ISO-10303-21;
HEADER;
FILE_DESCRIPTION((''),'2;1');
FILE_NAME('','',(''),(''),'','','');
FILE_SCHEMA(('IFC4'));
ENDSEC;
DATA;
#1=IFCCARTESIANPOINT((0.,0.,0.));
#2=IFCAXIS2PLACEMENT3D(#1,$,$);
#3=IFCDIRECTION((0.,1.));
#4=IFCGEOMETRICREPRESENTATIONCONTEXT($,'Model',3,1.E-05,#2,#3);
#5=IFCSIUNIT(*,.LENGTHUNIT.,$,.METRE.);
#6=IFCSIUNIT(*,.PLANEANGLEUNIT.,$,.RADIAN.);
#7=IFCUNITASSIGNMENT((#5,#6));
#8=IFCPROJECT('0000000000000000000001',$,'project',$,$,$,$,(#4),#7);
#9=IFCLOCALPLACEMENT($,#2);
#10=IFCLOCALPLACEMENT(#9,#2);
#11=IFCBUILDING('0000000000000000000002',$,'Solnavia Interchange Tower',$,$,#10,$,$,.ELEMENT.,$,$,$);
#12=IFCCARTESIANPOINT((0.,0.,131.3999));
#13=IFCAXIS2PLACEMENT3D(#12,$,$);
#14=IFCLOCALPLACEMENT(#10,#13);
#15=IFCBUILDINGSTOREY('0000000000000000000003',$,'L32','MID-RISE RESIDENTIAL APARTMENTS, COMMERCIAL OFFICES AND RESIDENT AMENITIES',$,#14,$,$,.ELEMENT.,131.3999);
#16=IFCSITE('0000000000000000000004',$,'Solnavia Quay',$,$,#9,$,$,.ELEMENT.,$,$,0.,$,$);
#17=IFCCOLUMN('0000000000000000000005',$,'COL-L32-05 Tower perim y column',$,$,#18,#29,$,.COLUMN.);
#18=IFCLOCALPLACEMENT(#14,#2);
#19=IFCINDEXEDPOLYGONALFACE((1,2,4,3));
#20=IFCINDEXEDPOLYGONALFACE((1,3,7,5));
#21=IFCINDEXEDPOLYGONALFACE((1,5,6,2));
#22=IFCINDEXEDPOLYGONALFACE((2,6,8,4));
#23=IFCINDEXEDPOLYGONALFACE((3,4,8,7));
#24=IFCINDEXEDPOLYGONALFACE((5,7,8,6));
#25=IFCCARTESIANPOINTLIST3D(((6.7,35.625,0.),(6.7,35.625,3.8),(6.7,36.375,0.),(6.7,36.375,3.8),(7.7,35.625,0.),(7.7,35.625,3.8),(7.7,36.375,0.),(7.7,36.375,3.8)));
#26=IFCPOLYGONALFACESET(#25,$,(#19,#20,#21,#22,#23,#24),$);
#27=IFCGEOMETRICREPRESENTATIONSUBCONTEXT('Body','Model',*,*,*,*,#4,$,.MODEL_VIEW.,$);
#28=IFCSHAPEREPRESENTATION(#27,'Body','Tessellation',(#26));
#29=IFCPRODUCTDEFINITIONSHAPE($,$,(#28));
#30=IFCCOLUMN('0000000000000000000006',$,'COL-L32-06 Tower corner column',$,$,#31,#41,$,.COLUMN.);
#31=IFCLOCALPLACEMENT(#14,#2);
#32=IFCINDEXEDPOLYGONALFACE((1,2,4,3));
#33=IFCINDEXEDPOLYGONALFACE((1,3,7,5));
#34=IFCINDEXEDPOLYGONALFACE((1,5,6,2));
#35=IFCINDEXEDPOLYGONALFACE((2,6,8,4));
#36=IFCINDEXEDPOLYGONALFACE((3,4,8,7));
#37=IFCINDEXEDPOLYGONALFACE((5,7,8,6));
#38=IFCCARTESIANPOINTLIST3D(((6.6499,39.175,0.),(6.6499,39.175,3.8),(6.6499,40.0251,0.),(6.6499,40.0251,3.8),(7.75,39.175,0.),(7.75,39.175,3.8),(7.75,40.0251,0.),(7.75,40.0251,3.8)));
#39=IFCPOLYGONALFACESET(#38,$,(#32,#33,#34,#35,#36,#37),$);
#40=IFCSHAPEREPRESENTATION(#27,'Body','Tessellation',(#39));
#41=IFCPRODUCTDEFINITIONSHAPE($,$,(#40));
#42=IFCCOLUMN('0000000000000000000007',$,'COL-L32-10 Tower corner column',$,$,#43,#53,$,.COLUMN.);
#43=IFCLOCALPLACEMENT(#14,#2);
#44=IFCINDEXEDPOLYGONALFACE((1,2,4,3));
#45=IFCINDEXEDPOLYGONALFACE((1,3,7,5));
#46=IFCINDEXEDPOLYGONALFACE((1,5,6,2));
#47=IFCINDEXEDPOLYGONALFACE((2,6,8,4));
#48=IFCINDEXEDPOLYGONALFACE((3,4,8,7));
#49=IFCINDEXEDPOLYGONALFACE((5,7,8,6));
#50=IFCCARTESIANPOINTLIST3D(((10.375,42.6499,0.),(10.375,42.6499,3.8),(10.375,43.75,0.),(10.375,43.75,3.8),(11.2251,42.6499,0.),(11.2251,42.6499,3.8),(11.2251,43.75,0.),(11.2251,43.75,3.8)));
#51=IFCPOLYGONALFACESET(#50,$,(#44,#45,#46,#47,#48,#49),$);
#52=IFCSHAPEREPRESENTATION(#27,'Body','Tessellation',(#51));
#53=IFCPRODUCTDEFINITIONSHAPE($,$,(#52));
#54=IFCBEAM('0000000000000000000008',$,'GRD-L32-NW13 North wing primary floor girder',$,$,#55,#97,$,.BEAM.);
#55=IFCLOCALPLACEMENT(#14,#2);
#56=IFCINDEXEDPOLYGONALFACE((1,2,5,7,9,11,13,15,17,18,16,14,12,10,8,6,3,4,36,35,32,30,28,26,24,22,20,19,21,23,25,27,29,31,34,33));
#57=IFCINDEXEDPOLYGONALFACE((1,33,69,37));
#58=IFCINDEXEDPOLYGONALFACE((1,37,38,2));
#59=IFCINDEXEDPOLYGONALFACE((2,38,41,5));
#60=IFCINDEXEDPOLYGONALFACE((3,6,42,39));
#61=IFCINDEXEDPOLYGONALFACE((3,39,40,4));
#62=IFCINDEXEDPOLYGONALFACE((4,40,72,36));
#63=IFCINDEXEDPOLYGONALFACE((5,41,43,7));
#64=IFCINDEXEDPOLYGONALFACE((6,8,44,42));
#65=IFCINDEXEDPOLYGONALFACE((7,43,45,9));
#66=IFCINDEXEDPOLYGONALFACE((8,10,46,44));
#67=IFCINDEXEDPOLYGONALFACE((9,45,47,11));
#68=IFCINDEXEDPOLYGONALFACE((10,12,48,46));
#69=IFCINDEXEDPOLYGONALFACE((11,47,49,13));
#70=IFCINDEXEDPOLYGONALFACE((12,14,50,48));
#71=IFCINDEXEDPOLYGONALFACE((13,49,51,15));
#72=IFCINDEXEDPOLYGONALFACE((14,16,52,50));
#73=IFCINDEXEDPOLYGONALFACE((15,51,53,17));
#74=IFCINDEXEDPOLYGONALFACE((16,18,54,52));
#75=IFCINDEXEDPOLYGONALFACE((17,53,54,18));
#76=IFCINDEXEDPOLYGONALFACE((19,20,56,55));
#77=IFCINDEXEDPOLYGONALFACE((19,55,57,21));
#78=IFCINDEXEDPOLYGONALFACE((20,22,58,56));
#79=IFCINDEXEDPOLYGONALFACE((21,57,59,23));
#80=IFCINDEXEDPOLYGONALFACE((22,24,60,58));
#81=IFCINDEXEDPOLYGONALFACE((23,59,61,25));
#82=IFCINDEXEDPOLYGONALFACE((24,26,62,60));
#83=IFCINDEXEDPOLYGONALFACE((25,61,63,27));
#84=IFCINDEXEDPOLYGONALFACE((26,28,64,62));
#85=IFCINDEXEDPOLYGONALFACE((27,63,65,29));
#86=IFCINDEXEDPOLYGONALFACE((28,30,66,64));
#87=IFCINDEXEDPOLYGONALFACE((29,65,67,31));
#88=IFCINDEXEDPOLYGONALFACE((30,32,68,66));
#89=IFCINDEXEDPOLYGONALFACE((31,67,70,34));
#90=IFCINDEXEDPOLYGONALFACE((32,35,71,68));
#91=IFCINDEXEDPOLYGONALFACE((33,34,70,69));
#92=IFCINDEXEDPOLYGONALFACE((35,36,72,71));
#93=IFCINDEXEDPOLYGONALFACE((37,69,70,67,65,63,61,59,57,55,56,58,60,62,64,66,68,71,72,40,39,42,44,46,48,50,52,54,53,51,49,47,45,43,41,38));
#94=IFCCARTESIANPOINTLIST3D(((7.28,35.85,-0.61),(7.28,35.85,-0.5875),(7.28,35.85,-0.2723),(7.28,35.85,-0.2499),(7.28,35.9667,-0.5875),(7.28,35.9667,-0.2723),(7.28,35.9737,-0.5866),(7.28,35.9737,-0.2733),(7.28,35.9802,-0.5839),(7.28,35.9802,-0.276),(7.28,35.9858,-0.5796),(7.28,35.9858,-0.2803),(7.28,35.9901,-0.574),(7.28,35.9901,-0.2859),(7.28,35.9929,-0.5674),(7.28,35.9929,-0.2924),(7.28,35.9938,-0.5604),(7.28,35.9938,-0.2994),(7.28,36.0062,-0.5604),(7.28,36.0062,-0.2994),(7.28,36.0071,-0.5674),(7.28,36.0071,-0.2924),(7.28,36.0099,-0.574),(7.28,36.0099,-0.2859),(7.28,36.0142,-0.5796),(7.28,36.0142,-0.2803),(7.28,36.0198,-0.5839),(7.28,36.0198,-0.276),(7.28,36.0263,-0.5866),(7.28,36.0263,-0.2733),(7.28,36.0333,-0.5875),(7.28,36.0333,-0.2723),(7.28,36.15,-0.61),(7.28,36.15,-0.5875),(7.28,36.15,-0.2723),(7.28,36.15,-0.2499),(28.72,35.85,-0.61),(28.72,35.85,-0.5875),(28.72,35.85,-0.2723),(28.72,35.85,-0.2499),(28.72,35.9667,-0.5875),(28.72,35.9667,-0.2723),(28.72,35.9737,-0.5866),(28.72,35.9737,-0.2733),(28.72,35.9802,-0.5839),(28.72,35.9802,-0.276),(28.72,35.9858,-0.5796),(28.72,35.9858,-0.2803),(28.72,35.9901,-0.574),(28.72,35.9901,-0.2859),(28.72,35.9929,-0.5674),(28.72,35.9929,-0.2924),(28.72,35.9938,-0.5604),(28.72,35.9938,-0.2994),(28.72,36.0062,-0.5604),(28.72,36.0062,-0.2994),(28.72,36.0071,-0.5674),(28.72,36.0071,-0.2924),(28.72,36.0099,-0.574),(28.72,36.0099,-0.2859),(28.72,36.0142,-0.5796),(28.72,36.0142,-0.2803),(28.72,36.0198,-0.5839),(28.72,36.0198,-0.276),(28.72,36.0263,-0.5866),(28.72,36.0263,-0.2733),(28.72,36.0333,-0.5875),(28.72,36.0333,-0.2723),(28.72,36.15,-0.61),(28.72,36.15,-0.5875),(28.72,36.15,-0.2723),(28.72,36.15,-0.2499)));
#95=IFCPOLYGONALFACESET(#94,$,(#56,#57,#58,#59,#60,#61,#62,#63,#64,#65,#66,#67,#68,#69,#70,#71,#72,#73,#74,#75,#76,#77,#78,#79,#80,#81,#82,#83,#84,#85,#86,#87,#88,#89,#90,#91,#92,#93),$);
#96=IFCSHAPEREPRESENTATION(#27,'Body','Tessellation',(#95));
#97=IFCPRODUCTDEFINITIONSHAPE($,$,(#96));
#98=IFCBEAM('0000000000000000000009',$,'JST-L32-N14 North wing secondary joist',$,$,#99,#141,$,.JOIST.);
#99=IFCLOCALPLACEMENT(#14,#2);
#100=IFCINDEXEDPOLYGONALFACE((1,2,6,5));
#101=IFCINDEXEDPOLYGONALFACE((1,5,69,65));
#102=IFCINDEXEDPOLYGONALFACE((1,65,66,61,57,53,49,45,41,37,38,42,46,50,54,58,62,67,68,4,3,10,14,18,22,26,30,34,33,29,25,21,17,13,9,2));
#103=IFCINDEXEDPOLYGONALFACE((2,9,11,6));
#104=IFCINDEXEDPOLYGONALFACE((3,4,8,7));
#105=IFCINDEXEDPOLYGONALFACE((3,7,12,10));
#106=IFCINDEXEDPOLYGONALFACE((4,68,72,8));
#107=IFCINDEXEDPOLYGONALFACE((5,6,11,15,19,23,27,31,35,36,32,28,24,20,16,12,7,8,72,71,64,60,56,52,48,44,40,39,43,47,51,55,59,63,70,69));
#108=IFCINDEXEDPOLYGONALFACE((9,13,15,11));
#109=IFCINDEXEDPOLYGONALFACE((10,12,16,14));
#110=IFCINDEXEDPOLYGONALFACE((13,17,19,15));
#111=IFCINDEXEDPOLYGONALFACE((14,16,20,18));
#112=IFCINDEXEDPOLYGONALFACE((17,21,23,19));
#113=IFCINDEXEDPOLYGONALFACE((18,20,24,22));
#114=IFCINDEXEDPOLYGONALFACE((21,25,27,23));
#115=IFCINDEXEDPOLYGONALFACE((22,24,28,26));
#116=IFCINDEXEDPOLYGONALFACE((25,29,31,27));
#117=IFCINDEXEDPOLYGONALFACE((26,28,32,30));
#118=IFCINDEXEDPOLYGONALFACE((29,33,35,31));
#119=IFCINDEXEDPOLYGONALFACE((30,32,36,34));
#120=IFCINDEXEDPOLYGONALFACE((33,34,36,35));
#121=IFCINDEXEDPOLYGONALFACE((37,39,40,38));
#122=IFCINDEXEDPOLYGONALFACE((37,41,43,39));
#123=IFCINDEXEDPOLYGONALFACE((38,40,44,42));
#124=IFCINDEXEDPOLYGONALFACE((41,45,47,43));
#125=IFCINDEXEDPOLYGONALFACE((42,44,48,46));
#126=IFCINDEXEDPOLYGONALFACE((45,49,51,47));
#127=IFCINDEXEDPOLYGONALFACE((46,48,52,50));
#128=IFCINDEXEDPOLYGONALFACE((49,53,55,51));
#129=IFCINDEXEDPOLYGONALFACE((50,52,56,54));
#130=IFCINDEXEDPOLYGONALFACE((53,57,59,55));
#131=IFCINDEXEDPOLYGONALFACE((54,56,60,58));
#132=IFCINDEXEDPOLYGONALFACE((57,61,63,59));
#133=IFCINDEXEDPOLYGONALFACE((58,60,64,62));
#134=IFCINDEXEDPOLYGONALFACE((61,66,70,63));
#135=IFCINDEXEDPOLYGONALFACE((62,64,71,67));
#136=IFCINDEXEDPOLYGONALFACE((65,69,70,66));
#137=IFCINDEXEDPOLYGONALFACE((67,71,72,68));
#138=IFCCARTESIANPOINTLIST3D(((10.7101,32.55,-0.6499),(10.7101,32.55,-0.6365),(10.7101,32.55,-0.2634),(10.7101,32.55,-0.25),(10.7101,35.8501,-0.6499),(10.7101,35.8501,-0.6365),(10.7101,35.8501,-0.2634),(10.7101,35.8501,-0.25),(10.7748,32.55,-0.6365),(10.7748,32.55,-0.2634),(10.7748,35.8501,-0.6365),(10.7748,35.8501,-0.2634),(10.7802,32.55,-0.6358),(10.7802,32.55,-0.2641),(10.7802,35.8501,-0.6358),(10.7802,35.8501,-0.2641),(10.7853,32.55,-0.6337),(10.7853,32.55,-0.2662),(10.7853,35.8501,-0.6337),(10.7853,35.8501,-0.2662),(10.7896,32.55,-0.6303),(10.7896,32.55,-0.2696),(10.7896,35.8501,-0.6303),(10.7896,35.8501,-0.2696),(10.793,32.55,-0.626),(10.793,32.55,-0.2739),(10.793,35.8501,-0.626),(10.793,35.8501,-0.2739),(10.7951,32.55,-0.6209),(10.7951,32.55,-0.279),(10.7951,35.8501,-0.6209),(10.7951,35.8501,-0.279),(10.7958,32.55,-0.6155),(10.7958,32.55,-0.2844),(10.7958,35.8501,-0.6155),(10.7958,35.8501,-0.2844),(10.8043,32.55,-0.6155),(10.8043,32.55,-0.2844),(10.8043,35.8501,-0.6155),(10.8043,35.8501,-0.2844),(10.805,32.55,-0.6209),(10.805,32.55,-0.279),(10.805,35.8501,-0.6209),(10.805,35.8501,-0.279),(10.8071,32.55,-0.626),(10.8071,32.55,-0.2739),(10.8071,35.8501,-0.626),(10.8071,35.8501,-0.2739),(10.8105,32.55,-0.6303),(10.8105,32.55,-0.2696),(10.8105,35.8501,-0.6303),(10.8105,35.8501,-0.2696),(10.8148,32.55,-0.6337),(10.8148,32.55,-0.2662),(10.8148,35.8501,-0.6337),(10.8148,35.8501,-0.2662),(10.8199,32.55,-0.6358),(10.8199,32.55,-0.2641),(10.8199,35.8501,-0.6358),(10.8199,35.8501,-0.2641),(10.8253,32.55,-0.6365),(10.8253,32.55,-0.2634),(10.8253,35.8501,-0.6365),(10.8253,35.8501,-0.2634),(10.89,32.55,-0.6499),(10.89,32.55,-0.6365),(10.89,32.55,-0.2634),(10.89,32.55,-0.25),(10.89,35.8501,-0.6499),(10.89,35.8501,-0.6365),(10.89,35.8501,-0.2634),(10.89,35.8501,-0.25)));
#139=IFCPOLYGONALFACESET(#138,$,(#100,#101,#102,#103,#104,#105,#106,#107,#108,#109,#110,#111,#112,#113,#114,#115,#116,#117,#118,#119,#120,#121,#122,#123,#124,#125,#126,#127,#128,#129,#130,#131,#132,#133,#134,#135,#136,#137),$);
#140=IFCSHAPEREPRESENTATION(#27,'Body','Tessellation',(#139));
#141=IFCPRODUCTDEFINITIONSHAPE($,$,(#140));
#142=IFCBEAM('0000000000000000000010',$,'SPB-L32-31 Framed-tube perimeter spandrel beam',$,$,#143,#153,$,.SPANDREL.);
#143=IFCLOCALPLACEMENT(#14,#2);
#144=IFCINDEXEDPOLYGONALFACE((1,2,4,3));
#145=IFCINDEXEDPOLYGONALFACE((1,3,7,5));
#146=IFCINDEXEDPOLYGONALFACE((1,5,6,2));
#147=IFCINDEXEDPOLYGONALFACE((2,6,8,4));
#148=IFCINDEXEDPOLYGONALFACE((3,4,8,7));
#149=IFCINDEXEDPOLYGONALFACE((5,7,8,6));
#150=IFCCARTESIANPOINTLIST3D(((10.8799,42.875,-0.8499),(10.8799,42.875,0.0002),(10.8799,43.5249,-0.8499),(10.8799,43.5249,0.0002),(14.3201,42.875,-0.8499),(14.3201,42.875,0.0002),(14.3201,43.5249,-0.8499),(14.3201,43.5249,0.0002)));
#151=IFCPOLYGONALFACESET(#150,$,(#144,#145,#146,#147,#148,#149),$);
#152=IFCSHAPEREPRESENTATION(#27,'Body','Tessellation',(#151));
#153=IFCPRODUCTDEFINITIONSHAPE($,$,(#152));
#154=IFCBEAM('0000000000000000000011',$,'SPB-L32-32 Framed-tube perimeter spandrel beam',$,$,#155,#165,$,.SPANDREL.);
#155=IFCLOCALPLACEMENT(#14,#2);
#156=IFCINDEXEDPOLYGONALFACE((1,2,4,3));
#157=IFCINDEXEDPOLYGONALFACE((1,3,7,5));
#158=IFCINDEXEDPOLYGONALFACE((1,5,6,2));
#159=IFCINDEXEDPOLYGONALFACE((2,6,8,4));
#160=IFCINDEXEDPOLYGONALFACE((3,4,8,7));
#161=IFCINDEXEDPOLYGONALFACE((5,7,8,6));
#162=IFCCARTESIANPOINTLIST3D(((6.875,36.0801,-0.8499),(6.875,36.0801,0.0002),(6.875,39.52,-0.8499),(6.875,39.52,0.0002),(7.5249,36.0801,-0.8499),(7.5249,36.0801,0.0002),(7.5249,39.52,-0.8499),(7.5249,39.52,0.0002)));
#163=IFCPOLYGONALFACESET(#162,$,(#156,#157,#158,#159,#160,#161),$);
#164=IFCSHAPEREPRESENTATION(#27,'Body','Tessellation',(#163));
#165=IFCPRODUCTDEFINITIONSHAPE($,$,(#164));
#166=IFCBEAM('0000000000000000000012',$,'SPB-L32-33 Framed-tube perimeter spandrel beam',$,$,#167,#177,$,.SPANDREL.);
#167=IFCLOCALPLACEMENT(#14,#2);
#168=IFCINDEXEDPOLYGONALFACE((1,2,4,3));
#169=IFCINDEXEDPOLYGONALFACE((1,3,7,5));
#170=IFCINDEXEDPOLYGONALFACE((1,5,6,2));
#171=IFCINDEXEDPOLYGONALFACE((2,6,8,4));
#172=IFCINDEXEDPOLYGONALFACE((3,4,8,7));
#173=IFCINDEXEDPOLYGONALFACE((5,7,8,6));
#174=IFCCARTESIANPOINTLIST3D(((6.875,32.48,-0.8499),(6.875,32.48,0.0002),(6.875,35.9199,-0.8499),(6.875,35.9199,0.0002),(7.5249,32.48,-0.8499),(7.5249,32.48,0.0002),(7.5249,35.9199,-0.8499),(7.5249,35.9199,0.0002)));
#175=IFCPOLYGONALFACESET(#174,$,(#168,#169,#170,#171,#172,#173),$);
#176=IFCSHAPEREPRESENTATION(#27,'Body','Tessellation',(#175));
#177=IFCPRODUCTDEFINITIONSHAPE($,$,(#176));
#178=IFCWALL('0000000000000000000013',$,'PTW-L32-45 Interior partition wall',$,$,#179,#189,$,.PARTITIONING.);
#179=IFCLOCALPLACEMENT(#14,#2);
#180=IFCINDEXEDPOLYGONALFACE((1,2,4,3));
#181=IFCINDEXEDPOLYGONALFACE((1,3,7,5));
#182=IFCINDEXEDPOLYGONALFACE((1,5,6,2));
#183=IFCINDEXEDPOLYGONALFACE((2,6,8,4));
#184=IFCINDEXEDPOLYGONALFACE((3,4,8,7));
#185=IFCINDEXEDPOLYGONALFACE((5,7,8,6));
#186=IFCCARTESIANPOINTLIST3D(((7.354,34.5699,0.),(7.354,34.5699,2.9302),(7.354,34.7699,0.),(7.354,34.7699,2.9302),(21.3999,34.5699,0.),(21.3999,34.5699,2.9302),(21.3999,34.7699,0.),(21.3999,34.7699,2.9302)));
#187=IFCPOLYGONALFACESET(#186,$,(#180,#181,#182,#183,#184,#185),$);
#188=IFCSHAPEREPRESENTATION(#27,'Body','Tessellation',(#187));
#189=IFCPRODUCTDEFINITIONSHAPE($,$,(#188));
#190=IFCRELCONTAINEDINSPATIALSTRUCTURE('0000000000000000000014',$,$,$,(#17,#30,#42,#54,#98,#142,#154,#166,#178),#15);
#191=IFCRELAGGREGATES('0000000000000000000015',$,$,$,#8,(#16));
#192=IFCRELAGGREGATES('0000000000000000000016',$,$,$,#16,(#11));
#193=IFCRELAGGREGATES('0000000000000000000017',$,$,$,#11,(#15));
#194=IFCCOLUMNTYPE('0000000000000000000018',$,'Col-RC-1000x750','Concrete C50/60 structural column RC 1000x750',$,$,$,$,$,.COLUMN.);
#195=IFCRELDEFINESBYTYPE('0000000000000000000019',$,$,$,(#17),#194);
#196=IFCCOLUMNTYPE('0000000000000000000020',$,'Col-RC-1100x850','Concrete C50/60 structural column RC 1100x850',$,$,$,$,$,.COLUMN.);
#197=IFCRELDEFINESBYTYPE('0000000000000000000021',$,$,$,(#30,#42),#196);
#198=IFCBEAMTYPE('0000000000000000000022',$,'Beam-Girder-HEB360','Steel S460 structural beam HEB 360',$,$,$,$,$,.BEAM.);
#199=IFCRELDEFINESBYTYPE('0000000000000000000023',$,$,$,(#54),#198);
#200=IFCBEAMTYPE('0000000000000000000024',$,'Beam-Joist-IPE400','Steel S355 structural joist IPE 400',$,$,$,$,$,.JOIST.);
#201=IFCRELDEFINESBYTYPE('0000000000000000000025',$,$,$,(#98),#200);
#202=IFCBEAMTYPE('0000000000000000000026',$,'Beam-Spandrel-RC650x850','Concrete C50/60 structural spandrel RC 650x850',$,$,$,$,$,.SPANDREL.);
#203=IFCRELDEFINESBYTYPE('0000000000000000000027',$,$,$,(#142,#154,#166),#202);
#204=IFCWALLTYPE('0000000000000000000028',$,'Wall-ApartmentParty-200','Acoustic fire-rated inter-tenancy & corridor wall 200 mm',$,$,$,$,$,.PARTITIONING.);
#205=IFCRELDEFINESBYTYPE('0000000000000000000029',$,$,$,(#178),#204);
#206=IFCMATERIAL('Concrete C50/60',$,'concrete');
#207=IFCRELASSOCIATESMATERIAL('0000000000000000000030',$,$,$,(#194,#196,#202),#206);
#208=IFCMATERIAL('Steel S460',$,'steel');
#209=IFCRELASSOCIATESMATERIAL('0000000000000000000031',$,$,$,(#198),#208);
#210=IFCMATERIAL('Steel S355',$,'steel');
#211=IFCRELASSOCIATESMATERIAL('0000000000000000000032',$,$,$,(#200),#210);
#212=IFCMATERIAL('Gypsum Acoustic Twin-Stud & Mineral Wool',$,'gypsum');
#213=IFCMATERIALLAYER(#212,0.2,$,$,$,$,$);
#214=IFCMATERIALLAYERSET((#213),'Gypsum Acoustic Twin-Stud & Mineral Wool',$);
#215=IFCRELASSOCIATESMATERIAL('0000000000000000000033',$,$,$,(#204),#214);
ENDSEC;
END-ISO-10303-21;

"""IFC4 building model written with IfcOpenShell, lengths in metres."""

from ifc_helpers import new_model, si_unit, direction, frame, frame_2d, origin, origin_2d, place, context, subcontext, project, spatial, rectangle, i_section, extrude, material, layer, layer_set, material_profile, profile_set, type_object, element, save


model = new_model("IFC4")

# Units and contexts
model_context = context("Model", 3, precision=1e-05, world=origin(), true_north=direction((0.0, 1.0)))
body_context = subcontext(model_context, "Body", "Model", "MODEL_VIEW")
ifc_project = project(units=[si_unit("LENGTHUNIT", "METRE"), si_unit("PLANEANGLEUNIT", "RADIAN")], contexts=[model_context])

# Site, building, storey
site_placement = place(None, origin())
site = spatial("IfcSite", under=ifc_project, at=site_placement, Name="Solnavia Quay", CompositionType="ELEMENT", RefElevation=0.0)
building_placement = place(site_placement, origin())
building = spatial("IfcBuilding", under=site, at=building_placement, Name="Solnavia Interchange Tower", CompositionType="ELEMENT")
storey_placement = place(building_placement, frame((0.0, 0.0, 131.3999)))
storey = spatial("IfcBuildingStorey", under=building, at=storey_placement, Name="L32", Description="MID-RISE RESIDENTIAL APARTMENTS, COMMERCIAL OFFICES AND RESIDENT AMENITIES", CompositionType="ELEMENT", Elevation=131.3999)

# Columns
ifc_material_1 = material(Name="Concrete C50/60", Category="concrete")
ifc_material_profile_1 = material_profile(ifc_material_1, rectangle(XDim=0.75, YDim=1.0, at=origin_2d()), Name="RC 1000x750")
ifc_profile_set_1 = profile_set([ifc_material_profile_1], Name="Concrete C50/60")
column_type_1 = type_object("IfcColumnType", Name="Col-RC-1000x750", Description="Concrete C50/60 structural column RC 1000x750", PredefinedType="COLUMN", material=ifc_profile_set_1)
column_placement = place(storey_placement, frame((7.2, 36.0, 0.0), z_axis=(0.0, 0.0, 1.0), x_axis=(0.0, 1.0, 0.0)))
element("IfcColumn", 1, at=column_placement, inside=storey, type_object=column_type_1, Name="COL-L32-05 Tower perim y column", PredefinedType="COLUMN", context=body_context, shape_type="SweptSolid", body=[
    extrude(rectangle(XDim=0.75, YDim=1.0, at=origin_2d()), origin(), (0.0, 0.0, 1.0), 3.8),
])
ifc_material_profile_2 = material_profile(ifc_material_1, rectangle(XDim=0.8501, YDim=1.1001, at=origin_2d()), Name="RC 1100x850")
ifc_profile_set_2 = profile_set([ifc_material_profile_2], Name="Concrete C50/60")
column_type_2 = type_object("IfcColumnType", Name="Col-RC-1100x850", Description="Concrete C50/60 structural column RC 1100x850", PredefinedType="COLUMN", material=ifc_profile_set_2)
for number, where, z_axis, x_axis, name in (
    (2, (7.2, 39.6001, 0.0), (0.0, 0.0, 1.0), (0.0, 1.0, 0.0), "COL-L32-06 Tower corner column"),
    (3, (10.8, 43.2, 0.0), (0.0, 0.0, 1.0), (1.0, 0.0, 0.0), "COL-L32-10 Tower corner column"),
):
    element("IfcColumn", number, at=place(storey_placement, frame(where, z_axis=z_axis, x_axis=x_axis)), inside=storey, type_object=column_type_2, Name=name, PredefinedType="COLUMN", context=body_context, shape_type="SweptSolid", body=[
        extrude(rectangle(XDim=0.8501, YDim=1.1001, at=origin_2d()), origin(), (0.0, 0.0, 1.0), 3.8),
    ])

# Beams
ifc_material_2 = material(Name="Steel S460", Category="steel")
ifc_material_profile_3 = material_profile(ifc_material_2, i_section(OverallWidth=0.3, OverallDepth=0.3601, WebThickness=0.0125, FlangeThickness=0.0225, FilletRadius=0.0271, at=origin_2d()), Name="HEB 360")
ifc_profile_set_3 = profile_set([ifc_material_profile_3], Name="Steel S460")
beam_type_1 = type_object("IfcBeamType", Name="Beam-Girder-HEB360", Description="Steel S460 structural beam HEB 360", PredefinedType="BEAM", material=ifc_profile_set_3)
beam_1_placement = place(storey_placement, frame((7.28, 36.0, -0.4299), z_axis=(1.0, 0.0, 0.0), x_axis=(0.0, 1.0, 0.0)))
element("IfcBeam", 4, at=beam_1_placement, inside=storey, type_object=beam_type_1, Name="GRD-L32-NW13 North wing primary floor girder", PredefinedType="BEAM", context=body_context, shape_type="SweptSolid", body=[
    extrude(i_section(OverallWidth=0.3, OverallDepth=0.3601, WebThickness=0.0125, FlangeThickness=0.0225, FilletRadius=0.0271, at=origin_2d()), origin(), (0.0, 0.0, 1.0), 21.4399),
])
ifc_material_3 = material(Name="Steel S355", Category="steel")
ifc_material_profile_4 = material_profile(ifc_material_3, i_section(OverallWidth=0.1799, OverallDepth=0.3999, WebThickness=0.0085, FlangeThickness=0.0134, FilletRadius=0.021, at=origin_2d()), Name="IPE 400")
ifc_profile_set_4 = profile_set([ifc_material_profile_4], Name="Steel S355")
beam_type_2 = type_object("IfcBeamType", Name="Beam-Joist-IPE400", Description="Steel S355 structural joist IPE 400", PredefinedType="JOIST", material=ifc_profile_set_4)
beam_2_placement = place(storey_placement, frame((10.8, 32.55, -0.45), z_axis=(0.0, 1.0, 0.0), x_axis=(-1.0, 0.0, 0.0)))
element("IfcBeam", 5, at=beam_2_placement, inside=storey, type_object=beam_type_2, Name="JST-L32-N14 North wing secondary joist", PredefinedType="JOIST", context=body_context, shape_type="SweptSolid", body=[
    extrude(i_section(OverallWidth=0.1799, OverallDepth=0.3999, WebThickness=0.0085, FlangeThickness=0.0134, FilletRadius=0.021, at=origin_2d()), origin(), (0.0, 0.0, 1.0), 3.3),
])
ifc_material_profile_5 = material_profile(ifc_material_1, rectangle(XDim=0.6499, YDim=0.8501, at=origin_2d()), Name="RC 650x850")
ifc_profile_set_5 = profile_set([ifc_material_profile_5], Name="Concrete C50/60")
beam_type_3 = type_object("IfcBeamType", Name="Beam-Spandrel-RC650x850", Description="Concrete C50/60 structural spandrel RC 650x850", PredefinedType="SPANDREL", material=ifc_profile_set_5)
beam_3_placement = place(storey_placement, frame((14.3201, 43.2, -0.4248), z_axis=(-1.0, 0.0, 0.0), x_axis=(0.0, -1.0, 0.0)))
element("IfcBeam", 6, at=beam_3_placement, inside=storey, type_object=beam_type_3, Name="SPB-L32-31 Framed-tube perimeter spandrel beam", PredefinedType="SPANDREL", context=body_context, shape_type="SweptSolid", body=[
    extrude(rectangle(XDim=0.6499, YDim=0.8501, at=origin_2d()), origin(), (0.0, 0.0, 1.0), 3.4402),
])
for number, where, z_axis, x_axis, name in (
    (7, (7.2, 39.52, -0.4248), (0.0, -1.0, 0.0), (1.0, 0.0, 0.0), "SPB-L32-32 Framed-tube perimeter spandrel beam"),
    (8, (7.2, 35.9199, -0.4248), (0.0, -1.0, 0.0), (1.0, 0.0, 0.0), "SPB-L32-33 Framed-tube perimeter spandrel beam"),
):
    element("IfcBeam", number, at=place(storey_placement, frame(where, z_axis=z_axis, x_axis=x_axis)), inside=storey, type_object=beam_type_3, Name=name, PredefinedType="SPANDREL", context=body_context, shape_type="SweptSolid", body=[
        extrude(rectangle(XDim=0.6499, YDim=0.8501, at=origin_2d()), origin(), (0.0, 0.0, 1.0), 3.4399),
    ])

# Wall
ifc_material_4 = material(Name="Gypsum Acoustic Twin-Stud & Mineral Wool", Category="gypsum")
ifc_layer_1 = layer(ifc_material_4, 0.2)
ifc_layer_set_1 = layer_set([ifc_layer_1], Name="Gypsum Acoustic Twin-Stud & Mineral Wool")
wall_type_1 = type_object("IfcWallType", Name="Wall-ApartmentParty-200", Description="Acoustic fire-rated inter-tenancy & corridor wall 200 mm", PredefinedType="PARTITIONING", material=ifc_layer_set_1)
wall_1_placement = place(storey_placement, frame((7.354, 34.6699, 0.0), z_axis=(0.0, 0.0, 1.0), x_axis=(1.0, 0.0, 0.0)))
element("IfcWall", 9, at=wall_1_placement, inside=storey, type_object=wall_type_1, Name="PTW-L32-45 Interior partition wall", PredefinedType="PARTITIONING", context=body_context, shape_type="SweptSolid", body=[
    extrude(rectangle(XDim=14.0459, YDim=0.2, at=frame_2d((7.0229, 0.0))), origin(), (0.0, 0.0, 1.0), 2.9302),
])

save(model, "model.ifc")
